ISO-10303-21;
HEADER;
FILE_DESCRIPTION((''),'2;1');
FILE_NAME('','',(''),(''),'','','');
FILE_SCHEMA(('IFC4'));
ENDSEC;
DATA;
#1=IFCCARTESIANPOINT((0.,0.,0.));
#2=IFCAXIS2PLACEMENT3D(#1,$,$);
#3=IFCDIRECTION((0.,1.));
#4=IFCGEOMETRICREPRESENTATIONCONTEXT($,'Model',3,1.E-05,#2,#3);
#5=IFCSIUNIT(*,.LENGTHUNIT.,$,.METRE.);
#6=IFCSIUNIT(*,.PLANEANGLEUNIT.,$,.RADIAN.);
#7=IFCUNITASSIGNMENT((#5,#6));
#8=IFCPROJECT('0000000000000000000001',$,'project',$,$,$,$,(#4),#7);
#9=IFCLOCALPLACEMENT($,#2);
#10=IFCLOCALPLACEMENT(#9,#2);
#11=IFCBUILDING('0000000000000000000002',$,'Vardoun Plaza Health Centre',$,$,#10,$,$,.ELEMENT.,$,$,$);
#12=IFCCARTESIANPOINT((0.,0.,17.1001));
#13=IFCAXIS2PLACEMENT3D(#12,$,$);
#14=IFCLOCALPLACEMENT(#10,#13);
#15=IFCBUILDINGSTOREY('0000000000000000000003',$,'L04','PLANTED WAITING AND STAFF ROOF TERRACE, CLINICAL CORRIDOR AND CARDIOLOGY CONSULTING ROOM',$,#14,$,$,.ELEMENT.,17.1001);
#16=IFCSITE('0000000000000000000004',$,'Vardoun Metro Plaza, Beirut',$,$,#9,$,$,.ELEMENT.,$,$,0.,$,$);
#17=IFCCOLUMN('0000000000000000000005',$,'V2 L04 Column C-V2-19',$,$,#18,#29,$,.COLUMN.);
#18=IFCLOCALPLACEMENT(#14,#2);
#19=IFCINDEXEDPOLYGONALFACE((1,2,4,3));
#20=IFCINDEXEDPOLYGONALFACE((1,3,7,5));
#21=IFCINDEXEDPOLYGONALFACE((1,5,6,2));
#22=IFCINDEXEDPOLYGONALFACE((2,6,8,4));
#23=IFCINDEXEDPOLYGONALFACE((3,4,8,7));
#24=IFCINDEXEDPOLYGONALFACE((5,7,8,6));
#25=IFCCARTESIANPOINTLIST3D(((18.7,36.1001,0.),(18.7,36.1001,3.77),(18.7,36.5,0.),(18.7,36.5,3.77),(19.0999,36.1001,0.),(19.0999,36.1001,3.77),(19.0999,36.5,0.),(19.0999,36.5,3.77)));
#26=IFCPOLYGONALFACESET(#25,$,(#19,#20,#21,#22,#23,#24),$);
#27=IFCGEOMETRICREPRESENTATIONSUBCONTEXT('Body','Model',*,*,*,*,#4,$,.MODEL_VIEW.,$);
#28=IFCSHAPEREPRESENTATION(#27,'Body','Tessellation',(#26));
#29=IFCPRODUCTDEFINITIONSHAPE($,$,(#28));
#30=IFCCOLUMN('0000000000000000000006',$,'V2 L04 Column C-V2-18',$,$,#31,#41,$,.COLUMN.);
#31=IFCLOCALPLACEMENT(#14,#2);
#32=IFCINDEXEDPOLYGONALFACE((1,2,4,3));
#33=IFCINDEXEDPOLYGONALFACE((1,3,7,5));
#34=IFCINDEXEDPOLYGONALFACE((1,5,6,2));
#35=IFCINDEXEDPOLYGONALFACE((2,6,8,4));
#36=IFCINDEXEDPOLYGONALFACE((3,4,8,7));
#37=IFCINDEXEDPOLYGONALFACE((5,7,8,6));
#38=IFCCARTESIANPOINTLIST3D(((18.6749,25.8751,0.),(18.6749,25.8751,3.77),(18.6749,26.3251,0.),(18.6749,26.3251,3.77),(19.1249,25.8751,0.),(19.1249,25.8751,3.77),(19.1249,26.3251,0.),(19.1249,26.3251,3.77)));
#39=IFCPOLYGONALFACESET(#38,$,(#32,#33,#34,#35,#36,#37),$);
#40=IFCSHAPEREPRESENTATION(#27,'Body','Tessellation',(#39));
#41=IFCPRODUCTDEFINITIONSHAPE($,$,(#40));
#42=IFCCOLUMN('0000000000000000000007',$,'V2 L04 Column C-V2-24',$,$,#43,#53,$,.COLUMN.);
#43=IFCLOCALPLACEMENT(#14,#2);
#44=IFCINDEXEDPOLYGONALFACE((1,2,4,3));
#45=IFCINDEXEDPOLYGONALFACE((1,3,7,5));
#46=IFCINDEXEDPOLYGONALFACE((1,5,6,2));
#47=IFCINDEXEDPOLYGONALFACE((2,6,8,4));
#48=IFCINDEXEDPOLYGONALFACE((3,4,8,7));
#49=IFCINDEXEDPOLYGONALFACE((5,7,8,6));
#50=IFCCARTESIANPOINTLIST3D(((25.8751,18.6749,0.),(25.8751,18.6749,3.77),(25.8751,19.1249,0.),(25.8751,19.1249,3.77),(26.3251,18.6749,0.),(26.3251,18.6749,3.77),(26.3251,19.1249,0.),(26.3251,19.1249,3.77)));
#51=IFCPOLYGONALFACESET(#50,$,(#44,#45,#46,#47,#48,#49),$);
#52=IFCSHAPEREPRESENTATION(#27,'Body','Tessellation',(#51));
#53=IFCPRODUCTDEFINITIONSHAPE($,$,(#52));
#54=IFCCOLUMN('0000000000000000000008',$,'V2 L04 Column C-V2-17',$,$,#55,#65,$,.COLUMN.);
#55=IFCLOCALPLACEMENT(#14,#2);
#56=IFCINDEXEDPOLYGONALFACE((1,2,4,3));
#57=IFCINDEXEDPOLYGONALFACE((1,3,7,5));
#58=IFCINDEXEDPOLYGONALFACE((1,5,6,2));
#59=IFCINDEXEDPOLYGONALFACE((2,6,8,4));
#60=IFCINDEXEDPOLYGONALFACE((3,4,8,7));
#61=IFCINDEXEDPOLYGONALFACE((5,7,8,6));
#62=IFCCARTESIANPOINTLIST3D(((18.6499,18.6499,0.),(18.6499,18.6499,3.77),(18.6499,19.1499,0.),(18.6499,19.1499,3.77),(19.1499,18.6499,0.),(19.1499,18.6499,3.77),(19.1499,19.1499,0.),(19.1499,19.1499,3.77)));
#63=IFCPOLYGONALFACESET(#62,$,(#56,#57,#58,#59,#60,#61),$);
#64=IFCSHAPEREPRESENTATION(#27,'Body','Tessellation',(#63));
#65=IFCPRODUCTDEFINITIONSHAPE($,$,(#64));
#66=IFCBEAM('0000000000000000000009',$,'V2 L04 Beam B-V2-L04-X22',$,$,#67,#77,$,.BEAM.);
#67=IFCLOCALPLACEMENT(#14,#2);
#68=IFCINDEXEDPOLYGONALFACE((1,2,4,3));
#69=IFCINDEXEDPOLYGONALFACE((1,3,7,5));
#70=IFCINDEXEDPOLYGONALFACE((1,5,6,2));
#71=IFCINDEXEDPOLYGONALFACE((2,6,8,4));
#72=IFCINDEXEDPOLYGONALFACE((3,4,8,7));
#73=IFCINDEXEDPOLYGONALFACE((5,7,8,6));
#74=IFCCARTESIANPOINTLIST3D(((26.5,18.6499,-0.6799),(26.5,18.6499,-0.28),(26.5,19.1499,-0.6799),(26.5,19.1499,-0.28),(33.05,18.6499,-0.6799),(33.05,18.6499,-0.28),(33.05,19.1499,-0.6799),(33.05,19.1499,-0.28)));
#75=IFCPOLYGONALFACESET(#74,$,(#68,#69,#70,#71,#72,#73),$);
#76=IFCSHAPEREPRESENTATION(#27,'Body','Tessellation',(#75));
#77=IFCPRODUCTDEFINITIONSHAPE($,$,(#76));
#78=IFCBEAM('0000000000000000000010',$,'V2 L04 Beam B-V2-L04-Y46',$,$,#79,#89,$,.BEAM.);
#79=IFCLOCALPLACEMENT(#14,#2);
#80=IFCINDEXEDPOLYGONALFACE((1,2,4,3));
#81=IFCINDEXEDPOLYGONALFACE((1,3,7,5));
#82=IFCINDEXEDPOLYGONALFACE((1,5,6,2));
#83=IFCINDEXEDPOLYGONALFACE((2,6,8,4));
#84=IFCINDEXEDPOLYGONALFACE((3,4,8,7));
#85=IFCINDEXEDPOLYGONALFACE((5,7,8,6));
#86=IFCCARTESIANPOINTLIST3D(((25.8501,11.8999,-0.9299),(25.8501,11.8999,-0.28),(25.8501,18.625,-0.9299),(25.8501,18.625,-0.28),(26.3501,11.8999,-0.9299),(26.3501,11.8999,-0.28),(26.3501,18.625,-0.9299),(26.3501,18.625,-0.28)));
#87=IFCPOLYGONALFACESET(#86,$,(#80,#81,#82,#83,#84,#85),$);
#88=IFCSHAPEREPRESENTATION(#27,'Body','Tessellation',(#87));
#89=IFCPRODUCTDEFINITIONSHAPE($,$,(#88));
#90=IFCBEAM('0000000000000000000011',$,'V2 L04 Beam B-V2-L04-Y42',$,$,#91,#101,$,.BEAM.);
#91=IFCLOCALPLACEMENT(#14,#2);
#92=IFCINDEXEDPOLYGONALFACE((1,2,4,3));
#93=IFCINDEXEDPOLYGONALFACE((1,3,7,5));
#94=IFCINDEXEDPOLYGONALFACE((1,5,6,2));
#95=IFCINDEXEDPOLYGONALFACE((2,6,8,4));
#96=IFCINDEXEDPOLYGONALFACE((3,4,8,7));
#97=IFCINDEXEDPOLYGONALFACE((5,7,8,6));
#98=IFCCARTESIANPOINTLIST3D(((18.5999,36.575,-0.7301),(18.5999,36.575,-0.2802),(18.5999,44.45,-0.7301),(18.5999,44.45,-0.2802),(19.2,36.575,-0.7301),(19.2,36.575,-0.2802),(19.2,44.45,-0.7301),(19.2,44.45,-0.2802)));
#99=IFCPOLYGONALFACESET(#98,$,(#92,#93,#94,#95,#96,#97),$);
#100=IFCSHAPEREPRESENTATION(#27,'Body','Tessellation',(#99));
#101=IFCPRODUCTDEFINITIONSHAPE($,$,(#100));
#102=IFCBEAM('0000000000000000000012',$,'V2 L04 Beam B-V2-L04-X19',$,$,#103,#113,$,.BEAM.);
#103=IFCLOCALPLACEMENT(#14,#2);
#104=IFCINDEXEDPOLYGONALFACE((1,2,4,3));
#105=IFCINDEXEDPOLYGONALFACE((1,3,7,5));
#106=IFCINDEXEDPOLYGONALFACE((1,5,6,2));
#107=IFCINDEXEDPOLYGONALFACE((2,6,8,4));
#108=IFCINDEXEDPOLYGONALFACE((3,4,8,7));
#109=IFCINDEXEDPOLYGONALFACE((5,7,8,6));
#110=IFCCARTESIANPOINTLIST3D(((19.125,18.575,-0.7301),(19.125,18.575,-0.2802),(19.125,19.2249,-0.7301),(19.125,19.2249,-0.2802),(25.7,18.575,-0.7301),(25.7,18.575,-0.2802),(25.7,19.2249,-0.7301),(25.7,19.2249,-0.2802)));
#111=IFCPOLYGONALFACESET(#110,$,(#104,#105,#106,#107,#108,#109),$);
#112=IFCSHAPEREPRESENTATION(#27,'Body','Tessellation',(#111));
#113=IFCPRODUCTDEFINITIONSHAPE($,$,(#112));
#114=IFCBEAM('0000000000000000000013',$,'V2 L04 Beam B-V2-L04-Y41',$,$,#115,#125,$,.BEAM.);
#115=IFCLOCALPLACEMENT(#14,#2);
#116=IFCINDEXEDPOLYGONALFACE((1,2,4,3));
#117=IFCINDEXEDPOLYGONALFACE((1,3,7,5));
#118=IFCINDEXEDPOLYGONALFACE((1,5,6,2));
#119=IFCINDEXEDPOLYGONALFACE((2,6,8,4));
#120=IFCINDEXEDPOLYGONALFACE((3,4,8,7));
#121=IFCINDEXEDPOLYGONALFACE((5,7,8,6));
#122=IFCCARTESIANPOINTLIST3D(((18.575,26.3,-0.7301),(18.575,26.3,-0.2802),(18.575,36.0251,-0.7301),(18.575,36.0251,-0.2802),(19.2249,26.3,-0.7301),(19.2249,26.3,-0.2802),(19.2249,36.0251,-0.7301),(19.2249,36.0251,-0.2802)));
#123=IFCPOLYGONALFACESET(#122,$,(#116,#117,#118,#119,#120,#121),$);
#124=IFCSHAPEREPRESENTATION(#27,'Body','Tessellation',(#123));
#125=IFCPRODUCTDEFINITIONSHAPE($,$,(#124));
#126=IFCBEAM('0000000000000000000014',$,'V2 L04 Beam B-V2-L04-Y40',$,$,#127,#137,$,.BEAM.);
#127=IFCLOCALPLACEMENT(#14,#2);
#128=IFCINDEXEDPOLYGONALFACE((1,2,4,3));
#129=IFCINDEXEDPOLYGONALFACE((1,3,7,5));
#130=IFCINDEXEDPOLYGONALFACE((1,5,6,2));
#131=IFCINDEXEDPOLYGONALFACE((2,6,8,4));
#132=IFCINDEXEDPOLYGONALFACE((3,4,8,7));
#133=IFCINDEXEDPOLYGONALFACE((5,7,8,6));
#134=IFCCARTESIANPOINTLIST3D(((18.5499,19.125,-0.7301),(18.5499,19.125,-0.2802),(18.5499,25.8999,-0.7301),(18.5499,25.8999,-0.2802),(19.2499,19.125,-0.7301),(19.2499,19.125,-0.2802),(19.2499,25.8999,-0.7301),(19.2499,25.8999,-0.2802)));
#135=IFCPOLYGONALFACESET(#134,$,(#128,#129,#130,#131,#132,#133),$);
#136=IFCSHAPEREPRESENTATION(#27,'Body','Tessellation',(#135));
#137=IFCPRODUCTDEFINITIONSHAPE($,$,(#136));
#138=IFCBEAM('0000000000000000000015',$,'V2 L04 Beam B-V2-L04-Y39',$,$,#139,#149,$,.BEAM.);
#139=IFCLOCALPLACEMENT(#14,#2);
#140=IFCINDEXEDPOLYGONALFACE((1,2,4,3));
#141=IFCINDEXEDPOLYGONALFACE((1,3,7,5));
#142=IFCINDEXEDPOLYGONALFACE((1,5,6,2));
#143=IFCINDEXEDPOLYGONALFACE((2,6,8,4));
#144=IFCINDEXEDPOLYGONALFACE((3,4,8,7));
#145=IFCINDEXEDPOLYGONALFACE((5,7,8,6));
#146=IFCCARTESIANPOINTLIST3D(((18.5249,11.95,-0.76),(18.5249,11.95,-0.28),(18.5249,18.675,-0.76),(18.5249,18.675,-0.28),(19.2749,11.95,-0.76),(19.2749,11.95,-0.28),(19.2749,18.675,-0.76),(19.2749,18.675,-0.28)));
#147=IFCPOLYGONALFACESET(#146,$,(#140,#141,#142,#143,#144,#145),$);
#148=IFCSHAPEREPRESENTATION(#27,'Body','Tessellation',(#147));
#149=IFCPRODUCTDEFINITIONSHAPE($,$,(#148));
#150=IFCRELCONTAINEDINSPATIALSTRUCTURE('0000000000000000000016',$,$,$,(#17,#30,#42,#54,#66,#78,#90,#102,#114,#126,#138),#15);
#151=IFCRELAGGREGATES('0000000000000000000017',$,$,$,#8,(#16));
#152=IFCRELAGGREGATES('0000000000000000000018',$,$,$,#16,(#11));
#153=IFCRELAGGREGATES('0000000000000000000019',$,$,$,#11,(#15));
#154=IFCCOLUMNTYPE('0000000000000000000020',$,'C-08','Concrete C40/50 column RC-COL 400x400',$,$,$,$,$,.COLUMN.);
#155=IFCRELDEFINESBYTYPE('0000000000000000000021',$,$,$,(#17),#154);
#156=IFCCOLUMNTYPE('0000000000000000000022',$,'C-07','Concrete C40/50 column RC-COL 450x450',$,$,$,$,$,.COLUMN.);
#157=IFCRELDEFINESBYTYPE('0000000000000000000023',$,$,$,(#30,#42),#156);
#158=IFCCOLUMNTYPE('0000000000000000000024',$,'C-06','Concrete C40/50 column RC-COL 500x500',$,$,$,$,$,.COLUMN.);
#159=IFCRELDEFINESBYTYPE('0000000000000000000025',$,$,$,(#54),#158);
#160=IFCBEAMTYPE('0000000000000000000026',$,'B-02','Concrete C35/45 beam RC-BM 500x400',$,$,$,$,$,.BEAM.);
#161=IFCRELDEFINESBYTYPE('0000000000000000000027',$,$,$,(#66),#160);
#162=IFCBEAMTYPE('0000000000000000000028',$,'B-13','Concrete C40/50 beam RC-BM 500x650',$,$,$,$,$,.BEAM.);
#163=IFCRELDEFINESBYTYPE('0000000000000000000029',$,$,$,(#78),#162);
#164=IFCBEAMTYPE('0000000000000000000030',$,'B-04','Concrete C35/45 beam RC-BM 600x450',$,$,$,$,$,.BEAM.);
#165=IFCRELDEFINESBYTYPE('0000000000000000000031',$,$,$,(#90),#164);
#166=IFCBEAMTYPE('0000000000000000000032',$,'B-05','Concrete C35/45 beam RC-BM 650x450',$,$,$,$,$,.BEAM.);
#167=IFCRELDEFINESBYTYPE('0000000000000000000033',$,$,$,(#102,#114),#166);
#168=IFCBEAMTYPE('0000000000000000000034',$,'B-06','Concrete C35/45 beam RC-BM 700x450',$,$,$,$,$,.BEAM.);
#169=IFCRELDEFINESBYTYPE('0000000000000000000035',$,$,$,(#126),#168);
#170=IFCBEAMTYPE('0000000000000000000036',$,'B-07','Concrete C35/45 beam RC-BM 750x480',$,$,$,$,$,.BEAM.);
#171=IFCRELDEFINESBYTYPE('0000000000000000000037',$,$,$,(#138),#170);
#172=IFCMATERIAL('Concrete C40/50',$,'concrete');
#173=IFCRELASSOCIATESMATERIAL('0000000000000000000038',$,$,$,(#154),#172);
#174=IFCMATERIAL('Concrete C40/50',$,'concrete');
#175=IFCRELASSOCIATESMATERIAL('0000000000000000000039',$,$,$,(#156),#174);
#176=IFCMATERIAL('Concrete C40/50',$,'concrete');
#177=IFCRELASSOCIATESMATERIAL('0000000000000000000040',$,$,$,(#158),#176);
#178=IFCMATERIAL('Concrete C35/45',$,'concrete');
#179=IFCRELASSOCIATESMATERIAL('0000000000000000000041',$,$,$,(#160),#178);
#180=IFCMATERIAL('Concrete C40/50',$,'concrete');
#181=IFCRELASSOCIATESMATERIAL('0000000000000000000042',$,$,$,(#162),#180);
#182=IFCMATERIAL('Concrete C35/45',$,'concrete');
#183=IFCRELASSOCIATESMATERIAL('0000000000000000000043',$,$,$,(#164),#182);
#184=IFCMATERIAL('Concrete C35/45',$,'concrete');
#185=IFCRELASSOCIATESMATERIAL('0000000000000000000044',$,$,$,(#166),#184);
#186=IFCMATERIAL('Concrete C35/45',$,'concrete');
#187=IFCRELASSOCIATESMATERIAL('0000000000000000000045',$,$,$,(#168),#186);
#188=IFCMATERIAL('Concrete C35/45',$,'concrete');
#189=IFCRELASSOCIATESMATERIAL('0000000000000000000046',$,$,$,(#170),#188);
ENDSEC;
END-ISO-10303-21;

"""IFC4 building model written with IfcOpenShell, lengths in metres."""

from ifc_helpers import new_model, si_unit, direction, frame, origin, origin_2d, place, context, subcontext, project, spatial, rectangle, extrude, material, material_profile, profile_set, type_object, element, save


model = new_model("IFC4")

# Units and contexts
model_context = context("Model", 3, precision=1e-05, world=origin(), true_north=direction((0.0, 1.0)))
body_context = subcontext(model_context, "Body", "Model", "MODEL_VIEW")
ifc_project = project(units=[si_unit("LENGTHUNIT", "METRE"), si_unit("PLANEANGLEUNIT", "RADIAN")], contexts=[model_context])

# Site, building, storey
site_placement = place(None, origin())
site = spatial("IfcSite", under=ifc_project, at=site_placement, Name="Vardoun Metro Plaza, Beirut", CompositionType="ELEMENT", RefElevation=0.0)
building_placement = place(site_placement, origin())
building = spatial("IfcBuilding", under=site, at=building_placement, Name="Vardoun Plaza Health Centre", CompositionType="ELEMENT")
storey_placement = place(building_placement, frame((0.0, 0.0, 17.1001)))
storey = spatial("IfcBuildingStorey", under=building, at=storey_placement, Name="L04", Description="PLANTED WAITING AND STAFF ROOF TERRACE, CLINICAL CORRIDOR AND CARDIOLOGY CONSULTING ROOM", CompositionType="ELEMENT", Elevation=17.1001)

# Columns
ifc_material_1 = material(Name="Concrete C40/50", Category="concrete")
ifc_material_profile_1 = material_profile(ifc_material_1, rectangle(XDim=0.3999, YDim=0.3999, at=origin_2d()), Name="RC-COL 400x400")
ifc_profile_set_1 = profile_set([ifc_material_profile_1], Name="Concrete C40/50")
column_type_1 = type_object("IfcColumnType", Name="C-08", Description="Concrete C40/50 column RC-COL 400x400", PredefinedType="COLUMN", material=ifc_profile_set_1)
column_1_placement = place(storey_placement, frame((18.8999, 36.3, 0.0), z_axis=(0.0, 0.0, 1.0), x_axis=(1.0, 0.0, 0.0)))
element("IfcColumn", 1, at=column_1_placement, inside=storey, type_object=column_type_1, Name="V2 L04 Column C-V2-19", PredefinedType="COLUMN", context=body_context, shape_type="SweptSolid", body=[
    extrude(rectangle(XDim=0.3999, YDim=0.3999, at=origin_2d()), origin(), (0.0, 0.0, 1.0), 3.77),
])
ifc_material_2 = material(Name="Concrete C40/50", Category="concrete")
ifc_material_profile_2 = material_profile(ifc_material_2, rectangle(XDim=0.45, YDim=0.45, at=origin_2d()), Name="RC-COL 450x450")
ifc_profile_set_2 = profile_set([ifc_material_profile_2], Name="Concrete C40/50")
column_type_2 = type_object("IfcColumnType", Name="C-07", Description="Concrete C40/50 column RC-COL 450x450", PredefinedType="COLUMN", material=ifc_profile_set_2)
for number, where, z_axis, x_axis, name in (
    (2, (18.8999, 26.1001, 0.0), (0.0, 0.0, 1.0), (1.0, 0.0, 0.0), "V2 L04 Column C-V2-18"),
    (3, (26.1001, 18.8999, 0.0), (0.0, 0.0, 1.0), (1.0, 0.0, 0.0), "V2 L04 Column C-V2-24"),
):
    element("IfcColumn", number, at=place(storey_placement, frame(where, z_axis=z_axis, x_axis=x_axis)), inside=storey, type_object=column_type_2, Name=name, PredefinedType="COLUMN", context=body_context, shape_type="SweptSolid", body=[
        extrude(rectangle(XDim=0.45, YDim=0.45, at=origin_2d()), origin(), (0.0, 0.0, 1.0), 3.77),
    ])
ifc_material_3 = material(Name="Concrete C40/50", Category="concrete")
ifc_material_profile_3 = material_profile(ifc_material_3, rectangle(XDim=0.5, YDim=0.5, at=origin_2d()), Name="RC-COL 500x500")
ifc_profile_set_3 = profile_set([ifc_material_profile_3], Name="Concrete C40/50")
column_type_3 = type_object("IfcColumnType", Name="C-06", Description="Concrete C40/50 column RC-COL 500x500", PredefinedType="COLUMN", material=ifc_profile_set_3)
column_2_placement = place(storey_placement, frame((18.8999, 18.8999, 0.0), z_axis=(0.0, 0.0, 1.0), x_axis=(1.0, 0.0, 0.0)))
element("IfcColumn", 4, at=column_2_placement, inside=storey, type_object=column_type_3, Name="V2 L04 Column C-V2-17", PredefinedType="COLUMN", context=body_context, shape_type="SweptSolid", body=[
    extrude(rectangle(XDim=0.5, YDim=0.5, at=origin_2d()), origin(), (0.0, 0.0, 1.0), 3.77),
])

# Beams
ifc_material_4 = material(Name="Concrete C35/45", Category="concrete")
ifc_material_profile_4 = material_profile(ifc_material_4, rectangle(XDim=0.5, YDim=0.3999, at=origin_2d()), Name="RC-BM 500x400")
ifc_profile_set_4 = profile_set([ifc_material_profile_4], Name="Concrete C35/45")
beam_type_1 = type_object("IfcBeamType", Name="B-02", Description="Concrete C35/45 beam RC-BM 500x400", PredefinedType="BEAM", material=ifc_profile_set_4)
beam_1_placement = place(storey_placement, frame((26.5, 18.8999, -0.48), z_axis=(1.0, 0.0, 0.0), x_axis=(0.0, 1.0, 0.0)))
element("IfcBeam", 5, at=beam_1_placement, inside=storey, type_object=beam_type_1, Name="V2 L04 Beam B-V2-L04-X22", PredefinedType="BEAM", context=body_context, shape_type="SweptSolid", body=[
    extrude(rectangle(XDim=0.5, YDim=0.3999, at=origin_2d()), origin(), (0.0, 0.0, 1.0), 6.55),
])
ifc_material_5 = material(Name="Concrete C40/50", Category="concrete")
ifc_material_profile_5 = material_profile(ifc_material_5, rectangle(XDim=0.5, YDim=0.6499, at=origin_2d()), Name="RC-BM 500x650")
ifc_profile_set_5 = profile_set([ifc_material_profile_5], Name="Concrete C40/50")
beam_type_2 = type_object("IfcBeamType", Name="B-13", Description="Concrete C40/50 beam RC-BM 500x650", PredefinedType="BEAM", material=ifc_profile_set_5)
beam_2_placement = place(storey_placement, frame((26.1001, 11.8999, -0.605), z_axis=(0.0, 1.0, 0.0), x_axis=(-1.0, 0.0, 0.0)))
element("IfcBeam", 6, at=beam_2_placement, inside=storey, type_object=beam_type_2, Name="V2 L04 Beam B-V2-L04-Y46", PredefinedType="BEAM", context=body_context, shape_type="SweptSolid", body=[
    extrude(rectangle(XDim=0.5, YDim=0.6499, at=origin_2d()), origin(), (0.0, 0.0, 1.0), 6.7251),
])
ifc_material_6 = material(Name="Concrete C35/45", Category="concrete")
ifc_material_profile_6 = material_profile(ifc_material_6, rectangle(XDim=0.6001, YDim=0.45, at=origin_2d()), Name="RC-BM 600x450")
ifc_profile_set_6 = profile_set([ifc_material_profile_6], Name="Concrete C35/45")
beam_type_3 = type_object("IfcBeamType", Name="B-04", Description="Concrete C35/45 beam RC-BM 600x450", PredefinedType="BEAM", material=ifc_profile_set_6)
beam_3_placement = place(storey_placement, frame((18.8999, 36.575, -0.5051), z_axis=(0.0, 1.0, 0.0), x_axis=(-1.0, 0.0, 0.0)))
element("IfcBeam", 7, at=beam_3_placement, inside=storey, type_object=beam_type_3, Name="V2 L04 Beam B-V2-L04-Y42", PredefinedType="BEAM", context=body_context, shape_type="SweptSolid", body=[
    extrude(rectangle(XDim=0.6001, YDim=0.45, at=origin_2d()), origin(), (0.0, 0.0, 1.0), 7.875),
])
ifc_material_7 = material(Name="Concrete C35/45", Category="concrete")
ifc_material_profile_7 = material_profile(ifc_material_7, rectangle(XDim=0.6499, YDim=0.45, at=origin_2d()), Name="RC-BM 650x450")
ifc_profile_set_7 = profile_set([ifc_material_profile_7], Name="Concrete C35/45")
beam_type_4 = type_object("IfcBeamType", Name="B-05", Description="Concrete C35/45 beam RC-BM 650x450", PredefinedType="BEAM", material=ifc_profile_set_7)
beam_4_placement = place(storey_placement, frame((19.125, 18.8999, -0.5051), z_axis=(1.0, 0.0, 0.0), x_axis=(0.0, 1.0, 0.0)))
element("IfcBeam", 8, at=beam_4_placement, inside=storey, type_object=beam_type_4, Name="V2 L04 Beam B-V2-L04-X19", PredefinedType="BEAM", context=body_context, shape_type="SweptSolid", body=[
    extrude(rectangle(XDim=0.6499, YDim=0.45, at=origin_2d()), origin(), (0.0, 0.0, 1.0), 6.575),
])
beam_5_placement = place(storey_placement, frame((18.8999, 26.3, -0.5051), z_axis=(0.0, 1.0, 0.0), x_axis=(-1.0, 0.0, 0.0)))
element("IfcBeam", 9, at=beam_5_placement, inside=storey, type_object=beam_type_4, Name="V2 L04 Beam B-V2-L04-Y41", PredefinedType="BEAM", context=body_context, shape_type="SweptSolid", body=[
    extrude(rectangle(XDim=0.6499, YDim=0.45, at=origin_2d()), origin(), (0.0, 0.0, 1.0), 9.7251),
])
ifc_material_8 = material(Name="Concrete C35/45", Category="concrete")
ifc_material_profile_8 = material_profile(ifc_material_8, rectangle(XDim=0.7, YDim=0.45, at=origin_2d()), Name="RC-BM 700x450")
ifc_profile_set_8 = profile_set([ifc_material_profile_8], Name="Concrete C35/45")
beam_type_5 = type_object("IfcBeamType", Name="B-06", Description="Concrete C35/45 beam RC-BM 700x450", PredefinedType="BEAM", material=ifc_profile_set_8)
beam_6_placement = place(storey_placement, frame((18.8999, 19.125, -0.5051), z_axis=(0.0, 1.0, 0.0), x_axis=(-1.0, 0.0, 0.0)))
element("IfcBeam", 10, at=beam_6_placement, inside=storey, type_object=beam_type_5, Name="V2 L04 Beam B-V2-L04-Y40", PredefinedType="BEAM", context=body_context, shape_type="SweptSolid", body=[
    extrude(rectangle(XDim=0.7, YDim=0.45, at=origin_2d()), origin(), (0.0, 0.0, 1.0), 6.7749),
])
ifc_material_9 = material(Name="Concrete C35/45", Category="concrete")
ifc_material_profile_9 = material_profile(ifc_material_9, rectangle(XDim=0.75, YDim=0.48, at=origin_2d()), Name="RC-BM 750x480")
ifc_profile_set_9 = profile_set([ifc_material_profile_9], Name="Concrete C35/45")
beam_type_6 = type_object("IfcBeamType", Name="B-07", Description="Concrete C35/45 beam RC-BM 750x480", PredefinedType="BEAM", material=ifc_profile_set_9)
beam_7_placement = place(storey_placement, frame((18.8999, 11.95, -0.52), z_axis=(0.0, 1.0, 0.0), x_axis=(-1.0, 0.0, 0.0)))
element("IfcBeam", 11, at=beam_7_placement, inside=storey, type_object=beam_type_6, Name="V2 L04 Beam B-V2-L04-Y39", PredefinedType="BEAM", context=body_context, shape_type="SweptSolid", body=[
    extrude(rectangle(XDim=0.75, YDim=0.48, at=origin_2d()), origin(), (0.0, 0.0, 1.0), 6.7251),
])

save(model, "model.ifc")
